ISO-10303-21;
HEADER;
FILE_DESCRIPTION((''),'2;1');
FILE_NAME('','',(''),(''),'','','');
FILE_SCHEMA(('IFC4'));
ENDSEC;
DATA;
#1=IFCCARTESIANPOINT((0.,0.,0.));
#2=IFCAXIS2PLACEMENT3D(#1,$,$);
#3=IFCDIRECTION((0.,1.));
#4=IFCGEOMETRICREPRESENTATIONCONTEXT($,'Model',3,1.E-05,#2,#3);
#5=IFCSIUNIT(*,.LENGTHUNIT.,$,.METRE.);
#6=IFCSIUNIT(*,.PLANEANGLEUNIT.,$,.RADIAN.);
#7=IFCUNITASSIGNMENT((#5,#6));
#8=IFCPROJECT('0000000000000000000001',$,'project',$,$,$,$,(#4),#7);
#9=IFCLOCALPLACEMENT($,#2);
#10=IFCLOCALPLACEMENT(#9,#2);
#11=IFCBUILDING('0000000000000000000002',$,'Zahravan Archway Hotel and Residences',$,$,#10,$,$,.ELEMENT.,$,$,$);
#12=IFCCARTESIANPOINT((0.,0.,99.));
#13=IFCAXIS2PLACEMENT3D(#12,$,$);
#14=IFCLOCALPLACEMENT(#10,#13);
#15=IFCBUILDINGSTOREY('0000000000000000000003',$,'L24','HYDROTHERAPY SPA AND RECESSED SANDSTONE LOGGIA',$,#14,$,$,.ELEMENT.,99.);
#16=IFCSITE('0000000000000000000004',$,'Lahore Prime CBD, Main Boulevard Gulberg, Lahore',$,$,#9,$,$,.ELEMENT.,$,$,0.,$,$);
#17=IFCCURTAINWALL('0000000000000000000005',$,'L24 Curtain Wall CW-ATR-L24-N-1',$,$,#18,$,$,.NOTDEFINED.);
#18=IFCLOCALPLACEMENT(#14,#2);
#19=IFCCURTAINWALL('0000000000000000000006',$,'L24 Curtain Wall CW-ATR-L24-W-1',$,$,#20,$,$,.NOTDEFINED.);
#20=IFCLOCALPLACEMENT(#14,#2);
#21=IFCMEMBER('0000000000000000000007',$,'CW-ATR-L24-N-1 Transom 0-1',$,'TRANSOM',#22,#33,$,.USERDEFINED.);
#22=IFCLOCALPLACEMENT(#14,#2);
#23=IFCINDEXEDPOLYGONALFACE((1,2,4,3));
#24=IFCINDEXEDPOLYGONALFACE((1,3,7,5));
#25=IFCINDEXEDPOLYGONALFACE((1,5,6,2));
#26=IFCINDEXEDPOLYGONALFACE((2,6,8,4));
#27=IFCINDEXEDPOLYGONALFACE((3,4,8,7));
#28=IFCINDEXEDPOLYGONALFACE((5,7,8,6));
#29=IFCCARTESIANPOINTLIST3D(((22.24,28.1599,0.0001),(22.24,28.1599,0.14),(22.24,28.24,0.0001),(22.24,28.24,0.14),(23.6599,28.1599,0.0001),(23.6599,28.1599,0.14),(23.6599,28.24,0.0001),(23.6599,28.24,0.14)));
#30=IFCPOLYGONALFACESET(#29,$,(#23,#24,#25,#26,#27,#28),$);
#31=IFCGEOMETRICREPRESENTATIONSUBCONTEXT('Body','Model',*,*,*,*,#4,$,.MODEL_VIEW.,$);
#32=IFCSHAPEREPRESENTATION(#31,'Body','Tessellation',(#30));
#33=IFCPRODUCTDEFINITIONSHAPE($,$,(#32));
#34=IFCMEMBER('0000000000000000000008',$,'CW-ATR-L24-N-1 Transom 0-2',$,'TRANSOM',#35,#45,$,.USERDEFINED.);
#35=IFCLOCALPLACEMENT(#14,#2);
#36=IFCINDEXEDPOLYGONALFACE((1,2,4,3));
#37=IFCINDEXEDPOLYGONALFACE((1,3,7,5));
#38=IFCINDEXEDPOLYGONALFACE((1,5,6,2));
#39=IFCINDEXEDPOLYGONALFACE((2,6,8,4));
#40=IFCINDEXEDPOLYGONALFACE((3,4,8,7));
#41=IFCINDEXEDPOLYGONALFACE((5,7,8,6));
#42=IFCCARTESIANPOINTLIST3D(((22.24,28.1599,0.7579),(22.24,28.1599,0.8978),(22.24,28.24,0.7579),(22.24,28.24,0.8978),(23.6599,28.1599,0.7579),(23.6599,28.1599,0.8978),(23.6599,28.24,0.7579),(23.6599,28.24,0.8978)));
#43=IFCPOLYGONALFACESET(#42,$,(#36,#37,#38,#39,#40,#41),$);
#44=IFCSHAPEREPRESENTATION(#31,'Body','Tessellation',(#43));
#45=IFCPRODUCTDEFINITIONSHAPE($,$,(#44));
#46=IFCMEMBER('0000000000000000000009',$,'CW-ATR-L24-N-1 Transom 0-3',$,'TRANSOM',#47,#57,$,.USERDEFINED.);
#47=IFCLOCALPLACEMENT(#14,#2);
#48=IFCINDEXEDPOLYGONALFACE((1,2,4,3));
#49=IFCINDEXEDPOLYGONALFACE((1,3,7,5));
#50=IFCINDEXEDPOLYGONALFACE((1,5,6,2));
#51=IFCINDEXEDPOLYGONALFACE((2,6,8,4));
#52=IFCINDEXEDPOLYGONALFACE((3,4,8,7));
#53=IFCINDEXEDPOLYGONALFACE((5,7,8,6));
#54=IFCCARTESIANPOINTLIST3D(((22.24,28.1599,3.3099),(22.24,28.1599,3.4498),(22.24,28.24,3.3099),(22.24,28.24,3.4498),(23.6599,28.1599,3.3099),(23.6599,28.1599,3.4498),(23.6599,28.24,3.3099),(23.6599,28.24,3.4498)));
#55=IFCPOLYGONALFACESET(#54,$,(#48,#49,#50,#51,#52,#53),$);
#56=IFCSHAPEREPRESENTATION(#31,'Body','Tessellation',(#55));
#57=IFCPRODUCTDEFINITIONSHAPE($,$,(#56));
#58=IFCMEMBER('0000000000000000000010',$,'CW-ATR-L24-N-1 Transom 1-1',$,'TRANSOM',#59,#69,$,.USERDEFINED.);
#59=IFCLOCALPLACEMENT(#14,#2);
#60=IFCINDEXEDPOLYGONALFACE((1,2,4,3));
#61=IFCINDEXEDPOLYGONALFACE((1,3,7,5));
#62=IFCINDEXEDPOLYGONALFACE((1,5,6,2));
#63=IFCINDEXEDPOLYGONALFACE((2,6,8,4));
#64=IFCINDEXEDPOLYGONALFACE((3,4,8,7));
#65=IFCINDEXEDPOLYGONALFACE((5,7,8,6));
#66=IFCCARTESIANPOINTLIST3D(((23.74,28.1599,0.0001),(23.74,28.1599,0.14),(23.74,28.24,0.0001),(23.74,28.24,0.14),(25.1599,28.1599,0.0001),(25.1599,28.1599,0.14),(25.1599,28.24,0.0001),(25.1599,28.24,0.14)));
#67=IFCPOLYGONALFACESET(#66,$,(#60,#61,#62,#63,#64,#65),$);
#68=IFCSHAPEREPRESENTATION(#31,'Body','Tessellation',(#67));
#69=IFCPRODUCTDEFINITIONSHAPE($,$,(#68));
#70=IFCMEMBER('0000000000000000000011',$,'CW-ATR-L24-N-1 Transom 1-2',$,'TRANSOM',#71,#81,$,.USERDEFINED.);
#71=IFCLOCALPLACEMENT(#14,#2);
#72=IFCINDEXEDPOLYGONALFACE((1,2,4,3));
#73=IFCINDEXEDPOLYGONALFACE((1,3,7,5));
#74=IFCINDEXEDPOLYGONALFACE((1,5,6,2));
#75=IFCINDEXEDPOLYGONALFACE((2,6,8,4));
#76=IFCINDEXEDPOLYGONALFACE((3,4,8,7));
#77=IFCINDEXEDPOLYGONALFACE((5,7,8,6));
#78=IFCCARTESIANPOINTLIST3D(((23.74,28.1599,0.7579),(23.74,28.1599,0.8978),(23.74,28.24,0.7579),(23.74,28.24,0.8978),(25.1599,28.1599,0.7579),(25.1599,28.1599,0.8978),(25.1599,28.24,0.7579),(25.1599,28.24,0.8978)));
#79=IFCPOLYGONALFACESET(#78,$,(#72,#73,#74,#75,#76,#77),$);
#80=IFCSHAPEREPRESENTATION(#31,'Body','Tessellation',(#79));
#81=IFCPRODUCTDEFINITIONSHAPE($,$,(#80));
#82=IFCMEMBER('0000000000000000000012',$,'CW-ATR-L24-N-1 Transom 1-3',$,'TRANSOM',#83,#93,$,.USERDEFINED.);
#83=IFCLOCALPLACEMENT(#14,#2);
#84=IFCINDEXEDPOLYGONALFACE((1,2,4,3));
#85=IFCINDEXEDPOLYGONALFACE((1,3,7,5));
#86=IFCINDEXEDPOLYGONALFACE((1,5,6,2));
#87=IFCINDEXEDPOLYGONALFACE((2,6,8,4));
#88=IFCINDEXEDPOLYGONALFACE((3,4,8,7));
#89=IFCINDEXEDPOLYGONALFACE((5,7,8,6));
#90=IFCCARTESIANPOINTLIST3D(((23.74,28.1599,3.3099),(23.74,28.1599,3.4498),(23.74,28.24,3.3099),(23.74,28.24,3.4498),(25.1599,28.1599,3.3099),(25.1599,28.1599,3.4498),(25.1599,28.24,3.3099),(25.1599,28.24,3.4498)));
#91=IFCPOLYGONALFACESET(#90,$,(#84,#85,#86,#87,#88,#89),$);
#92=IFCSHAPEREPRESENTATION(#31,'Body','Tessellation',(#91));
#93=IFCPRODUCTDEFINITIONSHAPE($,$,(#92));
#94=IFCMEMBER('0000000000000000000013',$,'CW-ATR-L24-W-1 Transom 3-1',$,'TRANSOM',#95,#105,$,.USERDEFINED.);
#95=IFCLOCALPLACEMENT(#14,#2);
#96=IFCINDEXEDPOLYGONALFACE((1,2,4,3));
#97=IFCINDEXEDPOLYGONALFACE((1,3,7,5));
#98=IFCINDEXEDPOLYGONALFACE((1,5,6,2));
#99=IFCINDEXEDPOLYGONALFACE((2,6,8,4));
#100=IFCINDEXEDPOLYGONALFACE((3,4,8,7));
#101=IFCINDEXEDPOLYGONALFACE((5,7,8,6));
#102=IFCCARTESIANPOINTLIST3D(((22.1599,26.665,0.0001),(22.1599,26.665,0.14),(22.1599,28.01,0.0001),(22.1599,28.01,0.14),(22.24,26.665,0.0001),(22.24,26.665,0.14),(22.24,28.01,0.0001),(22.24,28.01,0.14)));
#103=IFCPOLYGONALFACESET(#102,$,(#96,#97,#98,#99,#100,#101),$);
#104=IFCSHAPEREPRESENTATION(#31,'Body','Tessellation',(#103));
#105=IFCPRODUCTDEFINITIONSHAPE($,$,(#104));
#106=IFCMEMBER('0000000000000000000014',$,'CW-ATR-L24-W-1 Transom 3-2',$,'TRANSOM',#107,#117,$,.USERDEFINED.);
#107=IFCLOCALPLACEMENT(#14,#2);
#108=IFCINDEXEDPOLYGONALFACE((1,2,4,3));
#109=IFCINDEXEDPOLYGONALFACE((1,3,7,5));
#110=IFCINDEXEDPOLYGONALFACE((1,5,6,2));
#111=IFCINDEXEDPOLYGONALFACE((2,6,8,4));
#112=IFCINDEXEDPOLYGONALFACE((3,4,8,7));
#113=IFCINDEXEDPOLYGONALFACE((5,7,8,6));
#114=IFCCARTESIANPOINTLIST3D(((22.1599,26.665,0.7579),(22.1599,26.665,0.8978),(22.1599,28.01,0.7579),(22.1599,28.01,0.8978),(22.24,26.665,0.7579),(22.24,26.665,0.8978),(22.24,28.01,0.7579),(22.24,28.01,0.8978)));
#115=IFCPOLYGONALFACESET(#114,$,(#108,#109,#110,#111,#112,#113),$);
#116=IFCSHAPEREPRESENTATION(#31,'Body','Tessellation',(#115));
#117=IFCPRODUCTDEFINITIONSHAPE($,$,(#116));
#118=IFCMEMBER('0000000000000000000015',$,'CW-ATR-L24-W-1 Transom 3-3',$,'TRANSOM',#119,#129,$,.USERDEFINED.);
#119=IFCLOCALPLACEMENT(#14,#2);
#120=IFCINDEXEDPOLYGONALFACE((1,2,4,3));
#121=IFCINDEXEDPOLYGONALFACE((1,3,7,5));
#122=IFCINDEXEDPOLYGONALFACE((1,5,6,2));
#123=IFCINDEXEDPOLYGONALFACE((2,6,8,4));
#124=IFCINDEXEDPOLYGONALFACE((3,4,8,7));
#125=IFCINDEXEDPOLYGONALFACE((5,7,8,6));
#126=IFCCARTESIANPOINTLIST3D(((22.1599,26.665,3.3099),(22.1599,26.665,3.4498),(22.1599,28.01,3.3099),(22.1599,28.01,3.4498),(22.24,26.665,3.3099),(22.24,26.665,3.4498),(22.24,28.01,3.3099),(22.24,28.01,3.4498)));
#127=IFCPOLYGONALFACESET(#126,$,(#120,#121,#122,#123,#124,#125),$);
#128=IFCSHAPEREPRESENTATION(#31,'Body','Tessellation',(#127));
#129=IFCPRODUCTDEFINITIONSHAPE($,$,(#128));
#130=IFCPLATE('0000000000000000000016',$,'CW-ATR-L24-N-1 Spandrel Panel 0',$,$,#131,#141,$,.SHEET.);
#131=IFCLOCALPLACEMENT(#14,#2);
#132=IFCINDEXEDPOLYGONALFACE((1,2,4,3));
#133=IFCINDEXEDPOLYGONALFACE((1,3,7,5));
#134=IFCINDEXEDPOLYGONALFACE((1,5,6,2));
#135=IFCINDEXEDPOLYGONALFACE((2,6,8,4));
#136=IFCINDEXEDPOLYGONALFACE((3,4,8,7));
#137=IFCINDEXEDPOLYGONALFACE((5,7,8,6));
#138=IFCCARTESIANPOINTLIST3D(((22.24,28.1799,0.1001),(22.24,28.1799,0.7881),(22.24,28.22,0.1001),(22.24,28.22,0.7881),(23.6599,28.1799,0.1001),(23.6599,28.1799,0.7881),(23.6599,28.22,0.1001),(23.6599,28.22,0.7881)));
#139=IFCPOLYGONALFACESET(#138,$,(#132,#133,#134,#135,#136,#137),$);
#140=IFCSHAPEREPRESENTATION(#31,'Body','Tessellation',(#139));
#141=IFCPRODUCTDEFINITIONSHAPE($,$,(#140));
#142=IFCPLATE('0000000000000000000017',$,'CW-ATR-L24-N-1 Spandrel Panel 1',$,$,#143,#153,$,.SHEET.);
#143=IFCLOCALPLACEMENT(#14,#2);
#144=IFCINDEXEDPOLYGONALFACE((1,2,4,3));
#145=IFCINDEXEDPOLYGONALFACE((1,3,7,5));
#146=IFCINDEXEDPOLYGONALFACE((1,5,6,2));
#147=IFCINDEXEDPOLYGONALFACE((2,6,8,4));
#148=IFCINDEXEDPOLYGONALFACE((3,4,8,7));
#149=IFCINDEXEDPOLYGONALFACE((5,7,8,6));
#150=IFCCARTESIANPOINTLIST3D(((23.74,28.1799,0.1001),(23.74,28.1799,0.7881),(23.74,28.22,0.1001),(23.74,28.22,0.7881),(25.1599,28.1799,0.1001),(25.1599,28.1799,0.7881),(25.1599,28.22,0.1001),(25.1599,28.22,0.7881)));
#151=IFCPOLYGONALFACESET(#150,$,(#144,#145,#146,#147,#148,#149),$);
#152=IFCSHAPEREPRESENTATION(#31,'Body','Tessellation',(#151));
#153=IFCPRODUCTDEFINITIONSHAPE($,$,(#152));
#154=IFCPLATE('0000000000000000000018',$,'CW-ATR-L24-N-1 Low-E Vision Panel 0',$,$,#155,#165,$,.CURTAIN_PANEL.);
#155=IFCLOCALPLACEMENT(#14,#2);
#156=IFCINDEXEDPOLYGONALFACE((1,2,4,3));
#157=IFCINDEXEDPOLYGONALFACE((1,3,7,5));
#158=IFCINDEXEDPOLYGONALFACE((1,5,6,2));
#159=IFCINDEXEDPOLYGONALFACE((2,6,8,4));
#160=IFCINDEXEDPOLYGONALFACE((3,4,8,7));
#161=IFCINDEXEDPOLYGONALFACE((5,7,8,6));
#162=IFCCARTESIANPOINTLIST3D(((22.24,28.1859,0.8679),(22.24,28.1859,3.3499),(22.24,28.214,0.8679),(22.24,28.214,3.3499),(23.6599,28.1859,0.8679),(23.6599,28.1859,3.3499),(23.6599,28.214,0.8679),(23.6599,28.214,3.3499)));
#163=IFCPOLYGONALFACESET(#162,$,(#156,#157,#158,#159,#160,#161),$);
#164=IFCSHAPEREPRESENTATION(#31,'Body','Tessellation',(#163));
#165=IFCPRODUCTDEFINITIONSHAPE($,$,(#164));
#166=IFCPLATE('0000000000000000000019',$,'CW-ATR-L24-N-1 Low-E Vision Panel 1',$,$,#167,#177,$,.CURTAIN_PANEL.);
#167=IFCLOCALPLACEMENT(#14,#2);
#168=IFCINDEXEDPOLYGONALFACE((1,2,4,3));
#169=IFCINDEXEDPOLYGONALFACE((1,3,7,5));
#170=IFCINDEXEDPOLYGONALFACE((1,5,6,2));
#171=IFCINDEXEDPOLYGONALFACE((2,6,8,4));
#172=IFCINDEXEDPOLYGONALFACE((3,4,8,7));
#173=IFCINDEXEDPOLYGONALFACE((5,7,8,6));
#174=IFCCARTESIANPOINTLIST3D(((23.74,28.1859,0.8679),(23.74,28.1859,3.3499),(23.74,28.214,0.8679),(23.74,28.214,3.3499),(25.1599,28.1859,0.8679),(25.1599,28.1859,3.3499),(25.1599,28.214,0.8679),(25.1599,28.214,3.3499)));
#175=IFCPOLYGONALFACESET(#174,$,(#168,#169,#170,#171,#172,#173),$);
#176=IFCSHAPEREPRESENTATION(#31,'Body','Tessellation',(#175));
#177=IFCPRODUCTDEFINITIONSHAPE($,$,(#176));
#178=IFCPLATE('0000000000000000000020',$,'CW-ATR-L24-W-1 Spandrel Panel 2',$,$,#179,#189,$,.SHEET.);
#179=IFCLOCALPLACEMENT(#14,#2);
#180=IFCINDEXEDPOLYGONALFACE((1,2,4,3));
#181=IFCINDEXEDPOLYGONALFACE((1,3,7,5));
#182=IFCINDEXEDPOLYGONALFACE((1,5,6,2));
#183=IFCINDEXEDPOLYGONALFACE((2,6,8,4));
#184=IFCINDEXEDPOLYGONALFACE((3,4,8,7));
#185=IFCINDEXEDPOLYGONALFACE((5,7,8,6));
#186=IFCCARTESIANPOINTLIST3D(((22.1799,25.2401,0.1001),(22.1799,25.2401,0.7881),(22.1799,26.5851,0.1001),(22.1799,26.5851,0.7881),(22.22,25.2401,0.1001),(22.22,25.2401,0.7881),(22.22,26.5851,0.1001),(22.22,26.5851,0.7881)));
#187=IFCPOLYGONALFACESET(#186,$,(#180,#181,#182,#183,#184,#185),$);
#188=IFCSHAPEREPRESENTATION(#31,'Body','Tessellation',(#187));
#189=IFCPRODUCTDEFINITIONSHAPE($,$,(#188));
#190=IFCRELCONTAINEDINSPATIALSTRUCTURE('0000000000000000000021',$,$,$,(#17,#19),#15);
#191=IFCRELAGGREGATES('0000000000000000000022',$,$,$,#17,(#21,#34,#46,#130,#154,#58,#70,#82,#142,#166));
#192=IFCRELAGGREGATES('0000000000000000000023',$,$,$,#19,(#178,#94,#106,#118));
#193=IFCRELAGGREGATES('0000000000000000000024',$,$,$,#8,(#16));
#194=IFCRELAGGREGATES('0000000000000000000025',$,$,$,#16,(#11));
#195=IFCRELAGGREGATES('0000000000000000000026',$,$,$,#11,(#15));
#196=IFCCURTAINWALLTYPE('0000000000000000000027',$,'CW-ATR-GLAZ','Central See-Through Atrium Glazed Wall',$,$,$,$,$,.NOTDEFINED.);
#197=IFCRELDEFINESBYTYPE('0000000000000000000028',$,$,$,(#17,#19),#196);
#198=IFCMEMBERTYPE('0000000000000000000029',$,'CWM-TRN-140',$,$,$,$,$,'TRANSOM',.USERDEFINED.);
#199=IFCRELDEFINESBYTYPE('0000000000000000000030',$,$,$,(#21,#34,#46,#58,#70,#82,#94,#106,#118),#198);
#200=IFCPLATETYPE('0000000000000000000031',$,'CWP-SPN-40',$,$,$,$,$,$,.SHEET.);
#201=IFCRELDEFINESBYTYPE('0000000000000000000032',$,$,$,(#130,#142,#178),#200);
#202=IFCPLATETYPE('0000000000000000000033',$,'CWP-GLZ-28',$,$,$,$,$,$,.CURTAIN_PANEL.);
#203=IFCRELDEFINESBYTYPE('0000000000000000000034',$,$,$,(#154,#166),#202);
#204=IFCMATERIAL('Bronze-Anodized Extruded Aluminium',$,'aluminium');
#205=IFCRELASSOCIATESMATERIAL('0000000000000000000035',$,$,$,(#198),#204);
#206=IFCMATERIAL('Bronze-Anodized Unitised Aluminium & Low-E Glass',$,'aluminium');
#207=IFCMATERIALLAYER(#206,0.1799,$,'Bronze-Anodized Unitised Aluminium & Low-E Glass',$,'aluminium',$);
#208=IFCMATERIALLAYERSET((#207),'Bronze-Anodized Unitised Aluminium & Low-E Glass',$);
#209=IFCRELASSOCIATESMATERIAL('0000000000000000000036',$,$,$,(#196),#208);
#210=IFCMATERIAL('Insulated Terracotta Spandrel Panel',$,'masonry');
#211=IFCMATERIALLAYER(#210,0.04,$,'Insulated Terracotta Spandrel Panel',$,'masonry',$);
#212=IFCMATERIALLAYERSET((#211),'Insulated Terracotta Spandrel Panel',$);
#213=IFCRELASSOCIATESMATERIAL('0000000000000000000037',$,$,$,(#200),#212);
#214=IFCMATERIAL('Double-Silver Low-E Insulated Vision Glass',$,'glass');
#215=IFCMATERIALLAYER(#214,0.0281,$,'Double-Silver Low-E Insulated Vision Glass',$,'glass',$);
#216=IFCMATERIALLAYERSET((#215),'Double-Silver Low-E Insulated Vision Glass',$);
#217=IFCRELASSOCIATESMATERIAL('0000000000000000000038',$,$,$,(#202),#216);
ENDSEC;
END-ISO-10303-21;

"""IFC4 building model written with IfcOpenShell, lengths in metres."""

from ifc_helpers import new_model, si_unit, direction, frame, origin, origin_2d, place, context, subcontext, project, spatial, rectangle, extrude, source, transform, mapped, material, layer, layer_set, material_profile, profile_set, type_object, element, aggregate, save


model = new_model("IFC4")

# Units and contexts
model_context = context("Model", 3, precision=1e-05, world=origin(), true_north=direction((0.0, 1.0)))
body_context = subcontext(model_context, "Body", "Model", "MODEL_VIEW")
ifc_project = project(units=[si_unit("LENGTHUNIT", "METRE"), si_unit("PLANEANGLEUNIT", "RADIAN")], contexts=[model_context])

# Site, building, storey
site_placement = place(None, origin())
site = spatial("IfcSite", under=ifc_project, at=site_placement, Name="Lahore Prime CBD, Main Boulevard Gulberg, Lahore", CompositionType="ELEMENT", RefElevation=0.0)
building_placement = place(site_placement, origin())
building = spatial("IfcBuilding", under=site, at=building_placement, Name="Zahravan Archway Hotel and Residences", CompositionType="ELEMENT")
storey_placement = place(building_placement, frame((0.0, 0.0, 99.0)))
storey = spatial("IfcBuildingStorey", under=building, at=storey_placement, Name="L24", Description="HYDROTHERAPY SPA AND RECESSED SANDSTONE LOGGIA", CompositionType="ELEMENT", Elevation=99.0)

# Curtain walls
ifc_material_1 = material(Name="Bronze-Anodized Unitised Aluminium & Low-E Glass", Category="aluminium")
ifc_material_2 = material(Name="Bronze-Anodized Extruded Aluminium", Category="aluminium")
ifc_material_profile_1 = material_profile(ifc_material_2, rectangle(XDim=0.0801, YDim=0.1399, at=origin_2d()), Name="TRN 80x140", Category="aluminium")
ifc_profile_set_1 = profile_set([ifc_material_profile_1], Name="Bronze-Anodized Extruded Aluminium")
member_type_1 = type_object("IfcMemberType", Name="CWM-TRN-140", ElementType="TRANSOM", PredefinedType="USERDEFINED", material=ifc_profile_set_1)
ifc_layer_1 = layer(ifc_material_1, 0.1799, Name="Bronze-Anodized Unitised Aluminium & Low-E Glass", Category="aluminium")
ifc_layer_set_1 = layer_set([ifc_layer_1], Name="Bronze-Anodized Unitised Aluminium & Low-E Glass")
curtain_wall_type_1 = type_object("IfcCurtainWallType", Name="CW-ATR-GLAZ", Description="Central See-Through Atrium Glazed Wall", PredefinedType="NOTDEFINED", material=ifc_layer_set_1)
curtain_wall_1_placement = place(storey_placement, origin())
curtain_wall_1 = element("IfcCurtainWall", 1, at=curtain_wall_1_placement, inside=storey, type_object=curtain_wall_type_1, Name="L24 Curtain Wall CW-ATR-L24-N-1", PredefinedType="NOTDEFINED")
curtain_wall_2_placement = place(storey_placement, origin())
curtain_wall_2 = element("IfcCurtainWall", 2, at=curtain_wall_2_placement, inside=storey, type_object=curtain_wall_type_1, Name="L24 Curtain Wall CW-ATR-L24-W-1", PredefinedType="NOTDEFINED")

# Members
shared_shape_1 = source(origin(), body_context, "Body", "SweptSolid", [
    extrude(rectangle(XDim=0.0801, YDim=0.1399, at=origin_2d()), origin(), (0.0, 0.0, 1.0), 1.4199),
])
member_1_placement = place(storey_placement, frame((22.24, 28.2, 0.0701), z_axis=(1.0, 0.0, 0.0), x_axis=(0.0, 1.0, 0.0)))
member_1 = element("IfcMember", 3, at=member_1_placement, type_object=member_type_1, Name="CW-ATR-L24-N-1 Transom 0-1", ObjectType="TRANSOM", PredefinedType="USERDEFINED", context=body_context, shape_type="MappedRepresentation", body=[
    mapped(shared_shape_1, transform((0.0, 0.0, 0.0), scale=1.0)),
])
member_2_placement = place(storey_placement, frame((22.24, 28.2, 0.8279), z_axis=(1.0, 0.0, 0.0), x_axis=(0.0, 1.0, 0.0)))
member_2 = element("IfcMember", 4, at=member_2_placement, type_object=member_type_1, Name="CW-ATR-L24-N-1 Transom 0-2", ObjectType="TRANSOM", PredefinedType="USERDEFINED", context=body_context, shape_type="MappedRepresentation", body=[
    mapped(shared_shape_1, transform((0.0, 0.0, 0.0), scale=1.0)),
])
member_3_placement = place(storey_placement, frame((22.24, 28.2, 3.3799), z_axis=(1.0, 0.0, 0.0), x_axis=(0.0, 1.0, 0.0)))
member_3 = element("IfcMember", 5, at=member_3_placement, type_object=member_type_1, Name="CW-ATR-L24-N-1 Transom 0-3", ObjectType="TRANSOM", PredefinedType="USERDEFINED", context=body_context, shape_type="MappedRepresentation", body=[
    mapped(shared_shape_1, transform((0.0, 0.0, 0.0), scale=1.0)),
])
member_4_placement = place(storey_placement, frame((23.74, 28.2, 0.0701), z_axis=(1.0, 0.0, 0.0), x_axis=(0.0, 1.0, 0.0)))
member_4 = element("IfcMember", 6, at=member_4_placement, type_object=member_type_1, Name="CW-ATR-L24-N-1 Transom 1-1", ObjectType="TRANSOM", PredefinedType="USERDEFINED", context=body_context, shape_type="MappedRepresentation", body=[
    mapped(shared_shape_1, transform((0.0, 0.0, 0.0), scale=1.0)),
])
member_5_placement = place(storey_placement, frame((23.74, 28.2, 0.8279), z_axis=(1.0, 0.0, 0.0), x_axis=(0.0, 1.0, 0.0)))
member_5 = element("IfcMember", 7, at=member_5_placement, type_object=member_type_1, Name="CW-ATR-L24-N-1 Transom 1-2", ObjectType="TRANSOM", PredefinedType="USERDEFINED", context=body_context, shape_type="MappedRepresentation", body=[
    mapped(shared_shape_1, transform((0.0, 0.0, 0.0), scale=1.0)),
])
member_6_placement = place(storey_placement, frame((23.74, 28.2, 3.3799), z_axis=(1.0, 0.0, 0.0), x_axis=(0.0, 1.0, 0.0)))
member_6 = element("IfcMember", 8, at=member_6_placement, type_object=member_type_1, Name="CW-ATR-L24-N-1 Transom 1-3", ObjectType="TRANSOM", PredefinedType="USERDEFINED", context=body_context, shape_type="MappedRepresentation", body=[
    mapped(shared_shape_1, transform((0.0, 0.0, 0.0), scale=1.0)),
])
shared_shape_2 = source(origin(), body_context, "Body", "SweptSolid", [
    extrude(rectangle(XDim=0.0801, YDim=0.1399, at=origin_2d()), origin(), (0.0, 0.0, 1.0), 1.345),
])
member_7_placement = place(storey_placement, frame((22.2, 26.665, 0.0701), z_axis=(0.0, 1.0, 0.0), x_axis=(-1.0, 0.0, 0.0)))
member_7 = element("IfcMember", 9, at=member_7_placement, type_object=member_type_1, Name="CW-ATR-L24-W-1 Transom 3-1", ObjectType="TRANSOM", PredefinedType="USERDEFINED", context=body_context, shape_type="MappedRepresentation", body=[
    mapped(shared_shape_2, transform((0.0, 0.0, 0.0), scale=1.0)),
])
member_8_placement = place(storey_placement, frame((22.2, 26.665, 0.8279), z_axis=(0.0, 1.0, 0.0), x_axis=(-1.0, 0.0, 0.0)))
member_8 = element("IfcMember", 10, at=member_8_placement, type_object=member_type_1, Name="CW-ATR-L24-W-1 Transom 3-2", ObjectType="TRANSOM", PredefinedType="USERDEFINED", context=body_context, shape_type="MappedRepresentation", body=[
    mapped(shared_shape_2, transform((0.0, 0.0, 0.0), scale=1.0)),
])
member_9_placement = place(storey_placement, frame((22.2, 26.665, 3.3799), z_axis=(0.0, 1.0, 0.0), x_axis=(-1.0, 0.0, 0.0)))
member_9 = element("IfcMember", 11, at=member_9_placement, type_object=member_type_1, Name="CW-ATR-L24-W-1 Transom 3-3", ObjectType="TRANSOM", PredefinedType="USERDEFINED", context=body_context, shape_type="MappedRepresentation", body=[
    mapped(shared_shape_2, transform((0.0, 0.0, 0.0), scale=1.0)),
])

# Plates
ifc_material_3 = material(Name="Insulated Terracotta Spandrel Panel", Category="masonry")
ifc_layer_2 = layer(ifc_material_3, 0.04, Name="Insulated Terracotta Spandrel Panel", Category="masonry")
ifc_layer_set_2 = layer_set([ifc_layer_2], Name="Insulated Terracotta Spandrel Panel")
plate_type_1 = type_object("IfcPlateType", Name="CWP-SPN-40", PredefinedType="SHEET", material=ifc_layer_set_2)
shared_shape_3 = source(origin(), body_context, "Body", "SweptSolid", [
    extrude(rectangle(XDim=1.4199, YDim=0.04, at=origin_2d()), origin(), (0.0, 0.0, 1.0), 0.688),
])
plate_1_placement = place(storey_placement, frame((22.95, 28.2, 0.1001), z_axis=(0.0, 0.0, 1.0), x_axis=(1.0, 0.0, 0.0)))
plate_1 = element("IfcPlate", 12, at=plate_1_placement, type_object=plate_type_1, Name="CW-ATR-L24-N-1 Spandrel Panel 0", PredefinedType="SHEET", context=body_context, shape_type="MappedRepresentation", body=[
    mapped(shared_shape_3, transform((0.0, 0.0, 0.0), scale=1.0)),
])
plate_2_placement = place(storey_placement, frame((24.45, 28.2, 0.1001), z_axis=(0.0, 0.0, 1.0), x_axis=(1.0, 0.0, 0.0)))
plate_2 = element("IfcPlate", 13, at=plate_2_placement, type_object=plate_type_1, Name="CW-ATR-L24-N-1 Spandrel Panel 1", PredefinedType="SHEET", context=body_context, shape_type="MappedRepresentation", body=[
    mapped(shared_shape_3, transform((0.0, 0.0, 0.0), scale=1.0)),
])
ifc_material_4 = material(Name="Double-Silver Low-E Insulated Vision Glass", Category="glass")
ifc_layer_3 = layer(ifc_material_4, 0.0281, Name="Double-Silver Low-E Insulated Vision Glass", Category="glass")
ifc_layer_set_3 = layer_set([ifc_layer_3], Name="Double-Silver Low-E Insulated Vision Glass")
plate_type_2 = type_object("IfcPlateType", Name="CWP-GLZ-28", PredefinedType="CURTAIN_PANEL", material=ifc_layer_set_3)
shared_shape_4 = source(origin(), body_context, "Body", "SweptSolid", [
    extrude(rectangle(XDim=1.4199, YDim=0.0281, at=origin_2d()), origin(), (0.0, 0.0, 1.0), 2.4819),
])
plate_3_placement = place(storey_placement, frame((22.95, 28.2, 0.8679), z_axis=(0.0, 0.0, 1.0), x_axis=(1.0, 0.0, 0.0)))
plate_3 = element("IfcPlate", 14, at=plate_3_placement, type_object=plate_type_2, Name="CW-ATR-L24-N-1 Low-E Vision Panel 0", PredefinedType="CURTAIN_PANEL", context=body_context, shape_type="MappedRepresentation", body=[
    mapped(shared_shape_4, transform((0.0, 0.0, 0.0), scale=1.0)),
])
plate_4_placement = place(storey_placement, frame((24.45, 28.2, 0.8679), z_axis=(0.0, 0.0, 1.0), x_axis=(1.0, 0.0, 0.0)))
plate_4 = element("IfcPlate", 15, at=plate_4_placement, type_object=plate_type_2, Name="CW-ATR-L24-N-1 Low-E Vision Panel 1", PredefinedType="CURTAIN_PANEL", context=body_context, shape_type="MappedRepresentation", body=[
    mapped(shared_shape_4, transform((0.0, 0.0, 0.0), scale=1.0)),
])
aggregate(curtain_wall_1, [member_1, member_2, member_3, plate_1, plate_3, member_4, member_5, member_6, plate_2, plate_4])
shared_shape_5 = source(origin(), body_context, "Body", "SweptSolid", [
    extrude(rectangle(XDim=1.345, YDim=0.04, at=origin_2d()), origin(), (0.0, 0.0, 1.0), 0.688),
])
plate_5_placement = place(storey_placement, frame((22.2, 25.9126, 0.1001), z_axis=(0.0, 0.0, 1.0), x_axis=(0.0, 1.0, 0.0)))
plate_5 = element("IfcPlate", 16, at=plate_5_placement, type_object=plate_type_1, Name="CW-ATR-L24-W-1 Spandrel Panel 2", PredefinedType="SHEET", context=body_context, shape_type="MappedRepresentation", body=[
    mapped(shared_shape_5, transform((0.0, 0.0, 0.0), scale=1.0)),
])
aggregate(curtain_wall_2, [plate_5, member_7, member_8, member_9])

save(model, "model.ifc")
